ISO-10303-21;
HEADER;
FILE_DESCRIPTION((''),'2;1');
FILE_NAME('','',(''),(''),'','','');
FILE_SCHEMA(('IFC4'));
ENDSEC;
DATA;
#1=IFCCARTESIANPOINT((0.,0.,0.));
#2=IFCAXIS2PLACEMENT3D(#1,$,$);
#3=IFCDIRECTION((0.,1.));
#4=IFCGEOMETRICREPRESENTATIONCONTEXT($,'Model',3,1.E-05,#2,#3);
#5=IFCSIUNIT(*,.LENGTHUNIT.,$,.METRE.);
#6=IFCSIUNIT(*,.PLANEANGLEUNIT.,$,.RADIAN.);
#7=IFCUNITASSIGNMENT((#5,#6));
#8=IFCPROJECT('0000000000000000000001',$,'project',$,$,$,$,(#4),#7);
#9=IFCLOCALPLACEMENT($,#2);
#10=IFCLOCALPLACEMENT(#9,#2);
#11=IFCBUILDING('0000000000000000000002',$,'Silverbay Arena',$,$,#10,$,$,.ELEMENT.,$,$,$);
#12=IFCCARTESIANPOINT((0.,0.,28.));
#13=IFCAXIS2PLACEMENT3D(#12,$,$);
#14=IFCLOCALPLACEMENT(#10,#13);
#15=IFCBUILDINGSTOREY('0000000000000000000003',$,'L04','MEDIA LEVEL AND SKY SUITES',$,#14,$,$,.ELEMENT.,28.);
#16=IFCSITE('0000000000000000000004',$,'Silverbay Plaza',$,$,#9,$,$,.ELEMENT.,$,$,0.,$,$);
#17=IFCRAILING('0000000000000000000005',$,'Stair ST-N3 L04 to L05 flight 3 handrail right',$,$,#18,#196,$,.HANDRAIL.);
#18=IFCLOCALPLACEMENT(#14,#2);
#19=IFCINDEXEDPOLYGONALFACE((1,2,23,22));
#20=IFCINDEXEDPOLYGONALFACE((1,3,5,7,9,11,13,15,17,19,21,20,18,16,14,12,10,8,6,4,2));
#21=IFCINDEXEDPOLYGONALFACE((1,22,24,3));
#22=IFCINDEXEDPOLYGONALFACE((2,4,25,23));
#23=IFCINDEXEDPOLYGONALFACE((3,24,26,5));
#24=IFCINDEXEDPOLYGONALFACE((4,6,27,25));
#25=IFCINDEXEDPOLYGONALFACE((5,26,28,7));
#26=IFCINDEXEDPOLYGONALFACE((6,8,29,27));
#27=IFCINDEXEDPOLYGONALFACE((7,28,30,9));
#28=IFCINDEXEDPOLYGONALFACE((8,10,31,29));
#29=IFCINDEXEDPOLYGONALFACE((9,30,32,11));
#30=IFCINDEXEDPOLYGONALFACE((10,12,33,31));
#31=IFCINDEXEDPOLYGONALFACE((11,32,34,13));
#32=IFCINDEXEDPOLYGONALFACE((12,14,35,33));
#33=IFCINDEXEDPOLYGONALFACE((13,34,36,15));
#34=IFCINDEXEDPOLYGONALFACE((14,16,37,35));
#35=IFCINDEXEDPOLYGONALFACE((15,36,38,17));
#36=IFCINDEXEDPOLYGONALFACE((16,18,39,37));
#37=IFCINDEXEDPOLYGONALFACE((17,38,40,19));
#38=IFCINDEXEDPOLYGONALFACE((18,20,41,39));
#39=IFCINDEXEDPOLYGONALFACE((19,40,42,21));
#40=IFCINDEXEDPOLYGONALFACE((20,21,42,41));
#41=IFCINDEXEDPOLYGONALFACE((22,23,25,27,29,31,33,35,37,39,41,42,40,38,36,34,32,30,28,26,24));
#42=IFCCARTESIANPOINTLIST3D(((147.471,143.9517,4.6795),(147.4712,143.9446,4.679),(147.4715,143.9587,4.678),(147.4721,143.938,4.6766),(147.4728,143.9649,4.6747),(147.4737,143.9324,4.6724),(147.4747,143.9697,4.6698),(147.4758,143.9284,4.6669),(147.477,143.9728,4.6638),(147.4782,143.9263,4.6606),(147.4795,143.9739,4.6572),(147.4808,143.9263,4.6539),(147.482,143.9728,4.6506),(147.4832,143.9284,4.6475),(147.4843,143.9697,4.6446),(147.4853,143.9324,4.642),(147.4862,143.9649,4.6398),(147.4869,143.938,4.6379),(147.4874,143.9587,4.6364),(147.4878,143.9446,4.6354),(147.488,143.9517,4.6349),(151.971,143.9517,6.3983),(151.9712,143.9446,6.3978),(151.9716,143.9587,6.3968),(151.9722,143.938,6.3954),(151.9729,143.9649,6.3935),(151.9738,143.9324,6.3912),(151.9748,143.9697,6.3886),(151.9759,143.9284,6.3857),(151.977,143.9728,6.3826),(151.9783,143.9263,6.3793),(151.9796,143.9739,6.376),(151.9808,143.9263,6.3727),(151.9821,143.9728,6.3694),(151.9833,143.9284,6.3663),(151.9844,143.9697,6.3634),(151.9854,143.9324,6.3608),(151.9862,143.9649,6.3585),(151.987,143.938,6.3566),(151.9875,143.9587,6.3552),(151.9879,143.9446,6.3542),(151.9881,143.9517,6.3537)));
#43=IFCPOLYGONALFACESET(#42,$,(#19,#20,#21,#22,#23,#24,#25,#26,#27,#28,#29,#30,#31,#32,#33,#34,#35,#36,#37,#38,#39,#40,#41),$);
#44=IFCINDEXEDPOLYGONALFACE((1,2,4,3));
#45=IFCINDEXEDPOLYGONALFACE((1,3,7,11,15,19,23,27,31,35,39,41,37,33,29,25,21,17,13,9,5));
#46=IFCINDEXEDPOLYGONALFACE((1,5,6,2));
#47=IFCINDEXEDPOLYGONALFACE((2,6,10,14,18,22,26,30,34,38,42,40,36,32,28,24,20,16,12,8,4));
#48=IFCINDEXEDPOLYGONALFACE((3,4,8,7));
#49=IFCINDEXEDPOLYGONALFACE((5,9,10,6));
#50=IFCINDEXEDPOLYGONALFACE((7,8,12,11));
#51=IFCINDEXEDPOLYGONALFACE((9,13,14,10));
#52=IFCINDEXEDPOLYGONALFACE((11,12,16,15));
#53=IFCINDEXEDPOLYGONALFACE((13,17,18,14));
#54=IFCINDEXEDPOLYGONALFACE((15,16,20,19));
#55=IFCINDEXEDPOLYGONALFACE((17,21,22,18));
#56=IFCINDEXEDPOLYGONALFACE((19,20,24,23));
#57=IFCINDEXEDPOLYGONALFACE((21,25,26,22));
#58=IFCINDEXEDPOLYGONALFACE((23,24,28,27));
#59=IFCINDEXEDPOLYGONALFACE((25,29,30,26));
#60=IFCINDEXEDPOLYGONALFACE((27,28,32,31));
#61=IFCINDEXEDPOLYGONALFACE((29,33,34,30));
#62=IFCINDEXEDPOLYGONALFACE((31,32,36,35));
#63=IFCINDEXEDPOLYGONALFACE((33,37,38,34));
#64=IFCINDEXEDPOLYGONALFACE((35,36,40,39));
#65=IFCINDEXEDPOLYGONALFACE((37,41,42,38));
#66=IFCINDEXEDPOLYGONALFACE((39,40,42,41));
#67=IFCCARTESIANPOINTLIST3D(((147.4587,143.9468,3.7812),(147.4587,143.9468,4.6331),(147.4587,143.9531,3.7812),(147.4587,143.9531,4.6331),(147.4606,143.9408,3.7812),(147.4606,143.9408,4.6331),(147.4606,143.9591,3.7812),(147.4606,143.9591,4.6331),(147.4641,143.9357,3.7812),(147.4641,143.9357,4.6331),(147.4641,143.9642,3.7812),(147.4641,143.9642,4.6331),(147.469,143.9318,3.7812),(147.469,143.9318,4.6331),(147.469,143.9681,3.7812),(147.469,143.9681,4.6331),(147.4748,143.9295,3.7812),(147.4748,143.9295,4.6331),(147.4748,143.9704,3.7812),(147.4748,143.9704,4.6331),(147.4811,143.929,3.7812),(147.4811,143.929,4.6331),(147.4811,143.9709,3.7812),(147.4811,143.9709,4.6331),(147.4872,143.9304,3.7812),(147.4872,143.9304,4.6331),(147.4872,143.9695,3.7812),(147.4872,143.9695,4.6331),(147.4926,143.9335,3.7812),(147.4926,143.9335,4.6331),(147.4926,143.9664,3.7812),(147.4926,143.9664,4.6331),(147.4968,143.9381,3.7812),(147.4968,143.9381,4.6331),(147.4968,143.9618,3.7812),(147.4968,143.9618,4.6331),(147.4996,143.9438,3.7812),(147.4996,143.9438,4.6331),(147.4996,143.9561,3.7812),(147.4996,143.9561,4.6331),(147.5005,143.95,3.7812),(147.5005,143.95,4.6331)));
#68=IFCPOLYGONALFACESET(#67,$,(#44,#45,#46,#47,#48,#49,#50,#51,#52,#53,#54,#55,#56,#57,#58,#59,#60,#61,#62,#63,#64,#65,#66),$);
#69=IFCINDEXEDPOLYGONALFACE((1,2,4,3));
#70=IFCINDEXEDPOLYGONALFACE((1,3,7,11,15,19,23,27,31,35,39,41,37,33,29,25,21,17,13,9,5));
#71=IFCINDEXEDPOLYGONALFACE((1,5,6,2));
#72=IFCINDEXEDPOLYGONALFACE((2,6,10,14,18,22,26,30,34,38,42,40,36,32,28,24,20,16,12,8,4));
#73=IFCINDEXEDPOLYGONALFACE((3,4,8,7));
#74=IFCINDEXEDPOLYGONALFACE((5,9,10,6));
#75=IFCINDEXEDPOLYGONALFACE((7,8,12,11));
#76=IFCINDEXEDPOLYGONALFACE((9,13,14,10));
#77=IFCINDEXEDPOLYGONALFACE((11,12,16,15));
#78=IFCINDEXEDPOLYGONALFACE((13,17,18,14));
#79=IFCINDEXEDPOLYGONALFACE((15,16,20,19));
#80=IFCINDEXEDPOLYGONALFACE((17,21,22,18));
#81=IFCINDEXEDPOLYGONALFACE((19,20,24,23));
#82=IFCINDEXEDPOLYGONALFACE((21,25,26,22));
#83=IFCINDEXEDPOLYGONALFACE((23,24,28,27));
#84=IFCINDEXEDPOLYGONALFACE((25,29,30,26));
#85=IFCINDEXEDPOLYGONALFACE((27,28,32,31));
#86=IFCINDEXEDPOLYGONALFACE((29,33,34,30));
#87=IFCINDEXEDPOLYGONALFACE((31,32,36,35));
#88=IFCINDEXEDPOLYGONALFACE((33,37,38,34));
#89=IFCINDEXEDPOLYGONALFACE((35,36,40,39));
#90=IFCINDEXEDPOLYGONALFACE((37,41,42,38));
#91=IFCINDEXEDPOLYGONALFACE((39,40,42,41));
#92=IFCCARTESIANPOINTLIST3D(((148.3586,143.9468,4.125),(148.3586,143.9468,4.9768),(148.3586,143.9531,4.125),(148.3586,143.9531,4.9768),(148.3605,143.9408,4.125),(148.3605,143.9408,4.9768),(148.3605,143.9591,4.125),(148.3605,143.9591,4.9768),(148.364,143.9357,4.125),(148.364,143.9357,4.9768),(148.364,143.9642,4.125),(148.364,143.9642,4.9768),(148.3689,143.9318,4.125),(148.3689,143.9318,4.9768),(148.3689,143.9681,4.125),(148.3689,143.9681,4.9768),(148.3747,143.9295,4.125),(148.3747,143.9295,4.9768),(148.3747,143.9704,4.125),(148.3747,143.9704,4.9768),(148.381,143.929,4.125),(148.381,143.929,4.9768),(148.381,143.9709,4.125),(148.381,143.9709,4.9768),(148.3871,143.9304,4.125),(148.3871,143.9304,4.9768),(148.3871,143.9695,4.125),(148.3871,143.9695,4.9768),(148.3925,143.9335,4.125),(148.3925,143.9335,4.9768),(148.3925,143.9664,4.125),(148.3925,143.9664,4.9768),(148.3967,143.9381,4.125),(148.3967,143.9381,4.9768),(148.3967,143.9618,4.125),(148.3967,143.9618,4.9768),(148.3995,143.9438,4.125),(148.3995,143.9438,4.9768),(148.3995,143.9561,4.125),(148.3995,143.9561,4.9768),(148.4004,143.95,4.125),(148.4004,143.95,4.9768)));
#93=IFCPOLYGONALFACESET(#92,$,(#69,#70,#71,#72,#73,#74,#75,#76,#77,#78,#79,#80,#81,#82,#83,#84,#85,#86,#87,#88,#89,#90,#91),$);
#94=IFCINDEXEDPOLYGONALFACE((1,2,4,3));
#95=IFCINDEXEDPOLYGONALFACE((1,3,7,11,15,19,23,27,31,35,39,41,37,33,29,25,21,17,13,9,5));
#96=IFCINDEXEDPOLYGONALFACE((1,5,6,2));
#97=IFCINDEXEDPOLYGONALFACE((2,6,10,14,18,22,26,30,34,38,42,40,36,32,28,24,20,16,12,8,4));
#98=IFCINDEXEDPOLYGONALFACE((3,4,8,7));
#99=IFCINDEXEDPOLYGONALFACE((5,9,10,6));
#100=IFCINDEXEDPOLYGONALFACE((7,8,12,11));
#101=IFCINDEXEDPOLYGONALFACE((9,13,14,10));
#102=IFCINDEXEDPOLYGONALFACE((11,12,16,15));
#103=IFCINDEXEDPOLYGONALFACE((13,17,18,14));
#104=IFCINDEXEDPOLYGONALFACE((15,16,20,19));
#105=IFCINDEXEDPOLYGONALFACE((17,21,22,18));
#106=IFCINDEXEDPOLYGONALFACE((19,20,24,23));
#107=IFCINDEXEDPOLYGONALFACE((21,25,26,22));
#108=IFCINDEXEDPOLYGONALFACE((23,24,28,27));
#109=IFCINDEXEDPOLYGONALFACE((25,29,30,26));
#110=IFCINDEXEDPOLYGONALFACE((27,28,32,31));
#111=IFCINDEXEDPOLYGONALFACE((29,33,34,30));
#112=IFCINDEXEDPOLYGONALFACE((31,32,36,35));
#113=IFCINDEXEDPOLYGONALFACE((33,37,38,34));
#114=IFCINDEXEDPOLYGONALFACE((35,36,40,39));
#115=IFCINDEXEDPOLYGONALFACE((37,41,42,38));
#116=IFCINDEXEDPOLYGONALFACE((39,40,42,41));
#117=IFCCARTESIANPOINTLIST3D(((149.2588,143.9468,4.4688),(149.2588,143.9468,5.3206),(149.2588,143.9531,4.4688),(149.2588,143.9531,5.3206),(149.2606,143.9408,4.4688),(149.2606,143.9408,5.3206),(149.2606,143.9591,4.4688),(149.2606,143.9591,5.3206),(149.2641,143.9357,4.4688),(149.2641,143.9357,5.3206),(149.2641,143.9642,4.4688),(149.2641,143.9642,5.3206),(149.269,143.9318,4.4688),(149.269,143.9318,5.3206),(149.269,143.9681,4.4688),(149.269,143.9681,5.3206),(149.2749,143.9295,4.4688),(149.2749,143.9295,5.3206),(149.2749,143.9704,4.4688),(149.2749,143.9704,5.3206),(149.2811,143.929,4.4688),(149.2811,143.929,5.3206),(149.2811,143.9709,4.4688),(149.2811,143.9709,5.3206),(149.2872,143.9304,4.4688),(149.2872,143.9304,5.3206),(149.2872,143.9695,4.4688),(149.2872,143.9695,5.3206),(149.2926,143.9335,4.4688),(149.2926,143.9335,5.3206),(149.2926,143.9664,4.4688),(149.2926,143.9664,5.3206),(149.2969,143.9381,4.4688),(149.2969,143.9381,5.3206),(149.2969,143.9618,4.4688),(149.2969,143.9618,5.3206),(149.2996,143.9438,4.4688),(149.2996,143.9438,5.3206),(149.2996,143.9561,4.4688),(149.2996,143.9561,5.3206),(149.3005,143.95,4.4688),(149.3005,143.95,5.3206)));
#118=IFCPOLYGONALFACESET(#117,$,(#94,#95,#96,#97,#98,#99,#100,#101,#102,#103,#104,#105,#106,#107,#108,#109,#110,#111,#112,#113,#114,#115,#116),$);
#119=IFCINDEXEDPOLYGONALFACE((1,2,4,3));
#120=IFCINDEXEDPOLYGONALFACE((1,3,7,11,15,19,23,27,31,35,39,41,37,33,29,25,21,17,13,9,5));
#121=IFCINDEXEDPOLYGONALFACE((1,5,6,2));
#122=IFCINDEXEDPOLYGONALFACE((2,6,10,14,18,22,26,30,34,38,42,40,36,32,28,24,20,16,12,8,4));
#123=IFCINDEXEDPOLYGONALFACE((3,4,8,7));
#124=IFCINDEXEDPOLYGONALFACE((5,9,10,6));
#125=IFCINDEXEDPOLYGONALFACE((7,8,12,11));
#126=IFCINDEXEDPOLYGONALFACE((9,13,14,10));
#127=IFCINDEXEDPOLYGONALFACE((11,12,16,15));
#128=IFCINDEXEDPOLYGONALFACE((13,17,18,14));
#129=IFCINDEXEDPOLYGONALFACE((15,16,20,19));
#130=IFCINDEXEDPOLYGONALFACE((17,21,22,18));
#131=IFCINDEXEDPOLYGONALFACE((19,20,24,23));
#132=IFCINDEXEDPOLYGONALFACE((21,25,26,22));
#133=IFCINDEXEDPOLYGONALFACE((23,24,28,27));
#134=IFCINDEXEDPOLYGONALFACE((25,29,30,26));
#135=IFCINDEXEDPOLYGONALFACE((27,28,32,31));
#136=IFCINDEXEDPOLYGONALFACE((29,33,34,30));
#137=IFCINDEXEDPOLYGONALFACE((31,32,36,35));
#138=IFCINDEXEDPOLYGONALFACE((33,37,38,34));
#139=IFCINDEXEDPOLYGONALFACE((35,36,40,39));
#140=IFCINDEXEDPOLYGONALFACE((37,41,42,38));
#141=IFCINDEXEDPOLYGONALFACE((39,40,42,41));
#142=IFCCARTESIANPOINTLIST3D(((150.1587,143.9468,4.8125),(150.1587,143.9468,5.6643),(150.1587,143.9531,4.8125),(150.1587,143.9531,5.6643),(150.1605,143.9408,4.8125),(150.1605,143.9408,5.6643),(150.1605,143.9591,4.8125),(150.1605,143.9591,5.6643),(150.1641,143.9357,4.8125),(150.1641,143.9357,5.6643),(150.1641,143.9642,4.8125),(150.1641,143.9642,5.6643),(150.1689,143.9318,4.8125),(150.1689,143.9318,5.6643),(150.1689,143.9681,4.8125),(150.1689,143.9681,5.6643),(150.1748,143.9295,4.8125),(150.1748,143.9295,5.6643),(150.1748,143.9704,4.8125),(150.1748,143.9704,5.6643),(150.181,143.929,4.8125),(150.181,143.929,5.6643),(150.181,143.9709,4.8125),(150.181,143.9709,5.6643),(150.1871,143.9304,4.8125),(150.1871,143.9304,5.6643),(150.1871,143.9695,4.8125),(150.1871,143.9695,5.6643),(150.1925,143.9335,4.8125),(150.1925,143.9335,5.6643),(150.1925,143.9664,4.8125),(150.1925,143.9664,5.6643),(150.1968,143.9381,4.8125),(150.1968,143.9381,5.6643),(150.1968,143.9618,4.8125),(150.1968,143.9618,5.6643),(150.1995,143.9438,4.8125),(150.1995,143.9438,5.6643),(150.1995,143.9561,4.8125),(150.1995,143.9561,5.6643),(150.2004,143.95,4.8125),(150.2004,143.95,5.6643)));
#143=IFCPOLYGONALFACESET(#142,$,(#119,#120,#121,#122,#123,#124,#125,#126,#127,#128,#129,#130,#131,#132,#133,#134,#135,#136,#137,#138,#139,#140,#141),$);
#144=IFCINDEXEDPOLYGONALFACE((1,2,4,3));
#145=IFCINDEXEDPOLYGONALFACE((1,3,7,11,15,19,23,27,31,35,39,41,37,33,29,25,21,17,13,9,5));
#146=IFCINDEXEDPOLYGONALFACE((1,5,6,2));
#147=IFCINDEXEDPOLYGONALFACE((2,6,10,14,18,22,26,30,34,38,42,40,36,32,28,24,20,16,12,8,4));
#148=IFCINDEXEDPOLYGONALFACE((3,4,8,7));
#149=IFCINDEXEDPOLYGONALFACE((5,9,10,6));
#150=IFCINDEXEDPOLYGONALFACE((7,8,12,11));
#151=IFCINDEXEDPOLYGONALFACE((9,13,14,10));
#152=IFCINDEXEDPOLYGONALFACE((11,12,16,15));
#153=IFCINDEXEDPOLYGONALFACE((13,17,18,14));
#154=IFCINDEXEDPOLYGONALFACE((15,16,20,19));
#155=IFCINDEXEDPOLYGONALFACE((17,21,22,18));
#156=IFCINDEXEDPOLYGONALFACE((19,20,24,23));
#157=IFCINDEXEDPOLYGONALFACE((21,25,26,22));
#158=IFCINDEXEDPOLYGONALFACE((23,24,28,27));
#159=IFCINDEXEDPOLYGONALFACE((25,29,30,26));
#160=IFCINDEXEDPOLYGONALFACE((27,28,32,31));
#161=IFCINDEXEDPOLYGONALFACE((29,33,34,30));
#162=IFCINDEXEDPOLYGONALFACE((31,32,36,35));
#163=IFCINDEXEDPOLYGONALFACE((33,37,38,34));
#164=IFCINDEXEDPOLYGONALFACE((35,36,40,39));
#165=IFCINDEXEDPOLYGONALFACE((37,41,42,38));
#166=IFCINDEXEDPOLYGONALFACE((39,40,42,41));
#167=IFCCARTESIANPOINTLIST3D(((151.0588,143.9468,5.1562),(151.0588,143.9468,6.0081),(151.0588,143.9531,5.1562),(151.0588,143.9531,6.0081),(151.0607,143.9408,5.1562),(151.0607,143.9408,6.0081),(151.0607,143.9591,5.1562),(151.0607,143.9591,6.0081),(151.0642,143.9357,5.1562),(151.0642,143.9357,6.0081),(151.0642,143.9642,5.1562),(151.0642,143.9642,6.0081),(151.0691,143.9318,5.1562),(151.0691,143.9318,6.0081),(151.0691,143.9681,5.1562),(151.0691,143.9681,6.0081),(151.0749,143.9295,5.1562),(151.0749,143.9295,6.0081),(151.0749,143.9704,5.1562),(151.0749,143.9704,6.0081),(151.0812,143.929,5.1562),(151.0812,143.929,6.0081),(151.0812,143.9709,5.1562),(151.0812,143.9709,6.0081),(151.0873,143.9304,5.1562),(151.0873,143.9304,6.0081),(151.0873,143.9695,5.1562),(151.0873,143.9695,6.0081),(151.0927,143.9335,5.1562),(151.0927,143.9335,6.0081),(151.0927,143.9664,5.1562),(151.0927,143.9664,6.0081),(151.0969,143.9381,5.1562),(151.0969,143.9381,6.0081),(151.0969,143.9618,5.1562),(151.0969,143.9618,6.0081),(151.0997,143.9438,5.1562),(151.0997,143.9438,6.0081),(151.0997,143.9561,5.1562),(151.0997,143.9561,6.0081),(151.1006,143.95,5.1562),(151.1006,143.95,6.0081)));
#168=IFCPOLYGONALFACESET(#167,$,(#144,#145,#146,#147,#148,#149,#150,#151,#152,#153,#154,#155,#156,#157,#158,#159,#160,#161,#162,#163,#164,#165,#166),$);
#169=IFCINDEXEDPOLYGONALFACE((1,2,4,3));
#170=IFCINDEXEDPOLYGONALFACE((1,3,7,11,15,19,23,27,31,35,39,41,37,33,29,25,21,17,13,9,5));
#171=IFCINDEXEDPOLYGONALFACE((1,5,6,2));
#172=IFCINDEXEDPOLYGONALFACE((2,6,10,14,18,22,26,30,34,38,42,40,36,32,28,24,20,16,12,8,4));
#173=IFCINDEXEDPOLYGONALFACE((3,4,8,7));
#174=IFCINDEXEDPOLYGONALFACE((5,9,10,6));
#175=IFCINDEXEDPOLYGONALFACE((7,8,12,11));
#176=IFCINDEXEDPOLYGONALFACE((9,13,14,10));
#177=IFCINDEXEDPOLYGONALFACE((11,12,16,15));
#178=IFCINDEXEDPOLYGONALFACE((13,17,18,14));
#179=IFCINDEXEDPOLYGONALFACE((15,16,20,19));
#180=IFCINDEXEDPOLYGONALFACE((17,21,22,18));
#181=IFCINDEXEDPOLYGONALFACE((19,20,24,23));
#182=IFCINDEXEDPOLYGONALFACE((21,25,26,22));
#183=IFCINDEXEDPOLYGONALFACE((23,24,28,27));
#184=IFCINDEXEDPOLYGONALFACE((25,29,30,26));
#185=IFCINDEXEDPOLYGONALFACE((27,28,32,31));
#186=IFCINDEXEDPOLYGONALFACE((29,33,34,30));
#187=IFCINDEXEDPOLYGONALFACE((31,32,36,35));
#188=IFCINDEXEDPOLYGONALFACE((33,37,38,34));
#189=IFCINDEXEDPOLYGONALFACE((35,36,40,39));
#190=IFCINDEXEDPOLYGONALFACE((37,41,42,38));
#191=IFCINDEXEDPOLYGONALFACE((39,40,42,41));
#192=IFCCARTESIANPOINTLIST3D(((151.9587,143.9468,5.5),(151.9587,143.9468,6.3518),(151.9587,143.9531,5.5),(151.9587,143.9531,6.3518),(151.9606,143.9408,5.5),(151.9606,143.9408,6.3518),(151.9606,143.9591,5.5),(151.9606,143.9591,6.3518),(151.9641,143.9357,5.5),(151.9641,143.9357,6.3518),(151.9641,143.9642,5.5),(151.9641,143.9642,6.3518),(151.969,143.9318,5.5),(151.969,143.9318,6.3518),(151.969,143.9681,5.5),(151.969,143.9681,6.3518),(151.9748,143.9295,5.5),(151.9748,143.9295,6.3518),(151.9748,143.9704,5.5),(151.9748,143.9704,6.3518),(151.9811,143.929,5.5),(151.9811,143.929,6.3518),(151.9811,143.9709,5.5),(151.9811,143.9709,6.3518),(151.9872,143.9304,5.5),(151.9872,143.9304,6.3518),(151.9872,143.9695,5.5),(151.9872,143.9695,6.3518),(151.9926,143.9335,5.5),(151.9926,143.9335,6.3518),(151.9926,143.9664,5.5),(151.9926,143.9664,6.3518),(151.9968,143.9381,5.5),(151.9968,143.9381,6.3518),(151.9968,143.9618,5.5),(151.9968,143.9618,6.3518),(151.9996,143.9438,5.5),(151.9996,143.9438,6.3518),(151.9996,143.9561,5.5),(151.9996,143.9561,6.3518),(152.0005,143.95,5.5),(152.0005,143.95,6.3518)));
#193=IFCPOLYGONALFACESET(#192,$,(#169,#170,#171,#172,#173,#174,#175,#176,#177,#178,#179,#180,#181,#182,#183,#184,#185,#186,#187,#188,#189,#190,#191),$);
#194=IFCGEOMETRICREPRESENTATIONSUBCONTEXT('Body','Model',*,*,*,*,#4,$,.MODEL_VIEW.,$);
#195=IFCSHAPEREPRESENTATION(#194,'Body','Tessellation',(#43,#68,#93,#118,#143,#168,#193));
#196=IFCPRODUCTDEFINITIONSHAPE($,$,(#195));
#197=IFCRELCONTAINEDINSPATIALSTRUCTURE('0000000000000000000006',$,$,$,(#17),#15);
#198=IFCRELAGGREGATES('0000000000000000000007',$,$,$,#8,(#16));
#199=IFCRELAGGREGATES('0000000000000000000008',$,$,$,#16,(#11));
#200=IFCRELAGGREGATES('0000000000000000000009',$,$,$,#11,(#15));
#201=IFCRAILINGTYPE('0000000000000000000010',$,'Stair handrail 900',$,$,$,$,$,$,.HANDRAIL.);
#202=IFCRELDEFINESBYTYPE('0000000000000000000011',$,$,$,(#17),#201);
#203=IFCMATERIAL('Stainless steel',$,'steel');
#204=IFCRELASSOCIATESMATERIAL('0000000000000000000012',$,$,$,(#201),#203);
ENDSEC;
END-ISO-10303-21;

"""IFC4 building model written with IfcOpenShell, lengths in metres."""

from ifc_helpers import new_model, si_unit, direction, frame, origin, origin_2d, place, context, subcontext, project, spatial, circle, extrude, material, type_object, element, save


model = new_model("IFC4")

# Units and contexts
model_context = context("Model", 3, precision=1e-05, world=origin(), true_north=direction((0.0, 1.0)))
body_context = subcontext(model_context, "Body", "Model", "MODEL_VIEW")
ifc_project = project(units=[si_unit("LENGTHUNIT", "METRE"), si_unit("PLANEANGLEUNIT", "RADIAN")], contexts=[model_context])

# Site, building, storey
site_placement = place(None, origin())
site = spatial("IfcSite", under=ifc_project, at=site_placement, Name="Silverbay Plaza", CompositionType="ELEMENT", RefElevation=0.0)
building_placement = place(site_placement, origin())
building = spatial("IfcBuilding", under=site, at=building_placement, Name="Silverbay Arena", CompositionType="ELEMENT")
storey_placement = place(building_placement, frame((0.0, 0.0, 28.0)))
storey = spatial("IfcBuildingStorey", under=building, at=storey_placement, Name="L04", Description="MEDIA LEVEL AND SKY SUITES", CompositionType="ELEMENT", Elevation=28.0)

# Railing
ifc_material_1 = material(Name="Stainless steel", Category="steel")
railing_type_1 = type_object("IfcRailingType", Name="Stair handrail 900", PredefinedType="HANDRAIL", material=ifc_material_1)
for number, where, name in (
    (1, (147.4795, 143.95, 3.7812), "Stair ST-N3 L04 to L05 flight 3 handrail right"),
):
    element("IfcRailing", number, at=place(storey_placement, frame(where)), inside=storey, type_object=railing_type_1, Name=name, PredefinedType="HANDRAIL", context=body_context, shape_type="SweptSolid", body=[
        extrude(circle(Radius=0.0239, at=origin_2d()), frame((0.0, 0.0, 0.876), z_axis=(0.934179, 0.0, 0.356805), x_axis=(0.0, 1.0, 0.0)), (0.0, 0.0, 1.0), 4.8171),
        extrude(circle(Radius=0.021, at=origin_2d()), origin(), (0.0, 0.0, 1.0), 0.8518),
        extrude(circle(Radius=0.021, at=origin_2d()), frame((0.8999, 0.0, 0.3438)), (0.0, 0.0, 1.0), 0.8518),
        extrude(circle(Radius=0.021, at=origin_2d()), frame((1.8, 0.0, 0.6875)), (0.0, 0.0, 1.0), 0.8518),
        extrude(circle(Radius=0.021, at=origin_2d()), frame((2.7, 0.0, 1.0312)), (0.0, 0.0, 1.0), 0.8518),
        extrude(circle(Radius=0.021, at=origin_2d()), frame((3.6001, 0.0, 1.375)), (0.0, 0.0, 1.0), 0.8518),
        extrude(circle(Radius=0.021, at=origin_2d()), frame((4.5, 0.0, 1.7188)), (0.0, 0.0, 1.0), 0.8518),
    ])

save(model, "model.ifc")
